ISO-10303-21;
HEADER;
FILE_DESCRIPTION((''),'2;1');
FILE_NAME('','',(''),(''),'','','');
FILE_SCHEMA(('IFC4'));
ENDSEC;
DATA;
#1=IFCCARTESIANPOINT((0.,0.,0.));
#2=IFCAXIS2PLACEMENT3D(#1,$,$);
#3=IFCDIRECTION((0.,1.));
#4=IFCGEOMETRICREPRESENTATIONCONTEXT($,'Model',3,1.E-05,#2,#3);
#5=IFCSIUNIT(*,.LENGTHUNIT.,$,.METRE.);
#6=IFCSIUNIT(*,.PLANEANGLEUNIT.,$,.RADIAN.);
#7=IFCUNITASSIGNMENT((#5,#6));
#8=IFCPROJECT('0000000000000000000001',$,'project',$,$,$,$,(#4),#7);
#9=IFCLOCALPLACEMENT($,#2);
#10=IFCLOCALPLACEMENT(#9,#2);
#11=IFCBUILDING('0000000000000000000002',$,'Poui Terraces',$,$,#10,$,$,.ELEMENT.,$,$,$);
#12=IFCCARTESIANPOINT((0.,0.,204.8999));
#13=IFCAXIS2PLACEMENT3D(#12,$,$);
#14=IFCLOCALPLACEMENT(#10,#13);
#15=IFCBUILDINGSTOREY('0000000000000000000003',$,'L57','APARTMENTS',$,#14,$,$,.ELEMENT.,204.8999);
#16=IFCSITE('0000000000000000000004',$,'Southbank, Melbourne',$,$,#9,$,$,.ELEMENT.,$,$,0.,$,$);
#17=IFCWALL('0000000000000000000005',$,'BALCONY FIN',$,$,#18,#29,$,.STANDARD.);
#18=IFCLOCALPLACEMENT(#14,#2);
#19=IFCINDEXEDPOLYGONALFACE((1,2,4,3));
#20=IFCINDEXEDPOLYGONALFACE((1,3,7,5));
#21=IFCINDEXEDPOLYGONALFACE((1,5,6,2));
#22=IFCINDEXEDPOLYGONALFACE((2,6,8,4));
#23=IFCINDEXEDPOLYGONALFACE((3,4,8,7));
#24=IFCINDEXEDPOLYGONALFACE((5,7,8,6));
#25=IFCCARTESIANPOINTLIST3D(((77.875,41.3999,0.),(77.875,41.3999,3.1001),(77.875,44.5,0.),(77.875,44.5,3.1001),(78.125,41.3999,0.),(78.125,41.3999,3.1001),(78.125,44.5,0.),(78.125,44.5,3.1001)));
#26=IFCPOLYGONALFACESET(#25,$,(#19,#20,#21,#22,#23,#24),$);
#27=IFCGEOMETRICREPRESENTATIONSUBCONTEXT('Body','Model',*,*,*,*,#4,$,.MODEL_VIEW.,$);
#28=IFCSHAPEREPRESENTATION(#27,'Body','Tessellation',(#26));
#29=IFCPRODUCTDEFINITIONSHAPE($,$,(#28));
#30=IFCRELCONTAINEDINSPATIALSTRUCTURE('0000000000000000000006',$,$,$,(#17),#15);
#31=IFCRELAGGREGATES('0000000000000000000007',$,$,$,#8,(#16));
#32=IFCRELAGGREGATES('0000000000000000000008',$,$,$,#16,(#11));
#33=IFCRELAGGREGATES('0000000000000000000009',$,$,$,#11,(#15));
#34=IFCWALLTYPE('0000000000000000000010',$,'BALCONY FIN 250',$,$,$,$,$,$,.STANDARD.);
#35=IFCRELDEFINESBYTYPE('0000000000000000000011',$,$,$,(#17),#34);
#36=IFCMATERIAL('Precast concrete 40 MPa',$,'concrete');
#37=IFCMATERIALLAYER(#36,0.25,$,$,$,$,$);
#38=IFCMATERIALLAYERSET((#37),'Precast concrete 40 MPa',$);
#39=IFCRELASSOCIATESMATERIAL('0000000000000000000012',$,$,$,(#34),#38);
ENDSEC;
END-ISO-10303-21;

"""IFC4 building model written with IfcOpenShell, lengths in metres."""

from ifc_helpers import new_model, si_unit, direction, frame, origin, place, context, subcontext, project, spatial, polyline, outline, extrude, source, transform, mapped, material, layer, layer_set, type_object, element, save


model = new_model("IFC4")

# Units and contexts
model_context = context("Model", 3, precision=1e-05, world=origin(), true_north=direction((0.0, 1.0)))
body_context = subcontext(model_context, "Body", "Model", "MODEL_VIEW")
ifc_project = project(units=[si_unit("LENGTHUNIT", "METRE"), si_unit("PLANEANGLEUNIT", "RADIAN")], contexts=[model_context])

# Site, building, storey
site_placement = place(None, origin())
site = spatial("IfcSite", under=ifc_project, at=site_placement, Name="Southbank, Melbourne", CompositionType="ELEMENT", RefElevation=0.0)
building_placement = place(site_placement, origin())
building = spatial("IfcBuilding", under=site, at=building_placement, Name="Poui Terraces", CompositionType="ELEMENT")
storey_placement = place(building_placement, frame((0.0, 0.0, 204.8999)))
storey = spatial("IfcBuildingStorey", under=building, at=storey_placement, Name="L57", Description="APARTMENTS", CompositionType="ELEMENT", Elevation=204.8999)

# Wall
ifc_material_1 = material(Name="Precast concrete 40 MPa", Category="concrete")
ifc_layer = layer(ifc_material_1, 0.25)
ifc_layer_set = layer_set([ifc_layer], Name="Precast concrete 40 MPa")
wall_type = type_object("IfcWallType", Name="BALCONY FIN 250", PredefinedType="STANDARD", material=ifc_layer_set)
shared_shape_1 = source(origin(), body_context, "Body", "SweptSolid", [
    extrude(outline(polyline([(0.0, 0.0), (0.25, 0.0), (0.25, 3.1001), (0.0, 3.1001), (0.0, 0.0)])), origin(), (0.0, 0.0, 1.0), 3.1001),
])
wall_placement = place(storey_placement, frame((77.875, 41.3999, 0.0)))
element("IfcWall", 1, at=wall_placement, inside=storey, type_object=wall_type, Name="BALCONY FIN", PredefinedType="STANDARD", context=body_context, shape_type="MappedRepresentation", body=[
    mapped(shared_shape_1, transform((0.0, 0.0, 0.0))),
])

save(model, "model.ifc")
